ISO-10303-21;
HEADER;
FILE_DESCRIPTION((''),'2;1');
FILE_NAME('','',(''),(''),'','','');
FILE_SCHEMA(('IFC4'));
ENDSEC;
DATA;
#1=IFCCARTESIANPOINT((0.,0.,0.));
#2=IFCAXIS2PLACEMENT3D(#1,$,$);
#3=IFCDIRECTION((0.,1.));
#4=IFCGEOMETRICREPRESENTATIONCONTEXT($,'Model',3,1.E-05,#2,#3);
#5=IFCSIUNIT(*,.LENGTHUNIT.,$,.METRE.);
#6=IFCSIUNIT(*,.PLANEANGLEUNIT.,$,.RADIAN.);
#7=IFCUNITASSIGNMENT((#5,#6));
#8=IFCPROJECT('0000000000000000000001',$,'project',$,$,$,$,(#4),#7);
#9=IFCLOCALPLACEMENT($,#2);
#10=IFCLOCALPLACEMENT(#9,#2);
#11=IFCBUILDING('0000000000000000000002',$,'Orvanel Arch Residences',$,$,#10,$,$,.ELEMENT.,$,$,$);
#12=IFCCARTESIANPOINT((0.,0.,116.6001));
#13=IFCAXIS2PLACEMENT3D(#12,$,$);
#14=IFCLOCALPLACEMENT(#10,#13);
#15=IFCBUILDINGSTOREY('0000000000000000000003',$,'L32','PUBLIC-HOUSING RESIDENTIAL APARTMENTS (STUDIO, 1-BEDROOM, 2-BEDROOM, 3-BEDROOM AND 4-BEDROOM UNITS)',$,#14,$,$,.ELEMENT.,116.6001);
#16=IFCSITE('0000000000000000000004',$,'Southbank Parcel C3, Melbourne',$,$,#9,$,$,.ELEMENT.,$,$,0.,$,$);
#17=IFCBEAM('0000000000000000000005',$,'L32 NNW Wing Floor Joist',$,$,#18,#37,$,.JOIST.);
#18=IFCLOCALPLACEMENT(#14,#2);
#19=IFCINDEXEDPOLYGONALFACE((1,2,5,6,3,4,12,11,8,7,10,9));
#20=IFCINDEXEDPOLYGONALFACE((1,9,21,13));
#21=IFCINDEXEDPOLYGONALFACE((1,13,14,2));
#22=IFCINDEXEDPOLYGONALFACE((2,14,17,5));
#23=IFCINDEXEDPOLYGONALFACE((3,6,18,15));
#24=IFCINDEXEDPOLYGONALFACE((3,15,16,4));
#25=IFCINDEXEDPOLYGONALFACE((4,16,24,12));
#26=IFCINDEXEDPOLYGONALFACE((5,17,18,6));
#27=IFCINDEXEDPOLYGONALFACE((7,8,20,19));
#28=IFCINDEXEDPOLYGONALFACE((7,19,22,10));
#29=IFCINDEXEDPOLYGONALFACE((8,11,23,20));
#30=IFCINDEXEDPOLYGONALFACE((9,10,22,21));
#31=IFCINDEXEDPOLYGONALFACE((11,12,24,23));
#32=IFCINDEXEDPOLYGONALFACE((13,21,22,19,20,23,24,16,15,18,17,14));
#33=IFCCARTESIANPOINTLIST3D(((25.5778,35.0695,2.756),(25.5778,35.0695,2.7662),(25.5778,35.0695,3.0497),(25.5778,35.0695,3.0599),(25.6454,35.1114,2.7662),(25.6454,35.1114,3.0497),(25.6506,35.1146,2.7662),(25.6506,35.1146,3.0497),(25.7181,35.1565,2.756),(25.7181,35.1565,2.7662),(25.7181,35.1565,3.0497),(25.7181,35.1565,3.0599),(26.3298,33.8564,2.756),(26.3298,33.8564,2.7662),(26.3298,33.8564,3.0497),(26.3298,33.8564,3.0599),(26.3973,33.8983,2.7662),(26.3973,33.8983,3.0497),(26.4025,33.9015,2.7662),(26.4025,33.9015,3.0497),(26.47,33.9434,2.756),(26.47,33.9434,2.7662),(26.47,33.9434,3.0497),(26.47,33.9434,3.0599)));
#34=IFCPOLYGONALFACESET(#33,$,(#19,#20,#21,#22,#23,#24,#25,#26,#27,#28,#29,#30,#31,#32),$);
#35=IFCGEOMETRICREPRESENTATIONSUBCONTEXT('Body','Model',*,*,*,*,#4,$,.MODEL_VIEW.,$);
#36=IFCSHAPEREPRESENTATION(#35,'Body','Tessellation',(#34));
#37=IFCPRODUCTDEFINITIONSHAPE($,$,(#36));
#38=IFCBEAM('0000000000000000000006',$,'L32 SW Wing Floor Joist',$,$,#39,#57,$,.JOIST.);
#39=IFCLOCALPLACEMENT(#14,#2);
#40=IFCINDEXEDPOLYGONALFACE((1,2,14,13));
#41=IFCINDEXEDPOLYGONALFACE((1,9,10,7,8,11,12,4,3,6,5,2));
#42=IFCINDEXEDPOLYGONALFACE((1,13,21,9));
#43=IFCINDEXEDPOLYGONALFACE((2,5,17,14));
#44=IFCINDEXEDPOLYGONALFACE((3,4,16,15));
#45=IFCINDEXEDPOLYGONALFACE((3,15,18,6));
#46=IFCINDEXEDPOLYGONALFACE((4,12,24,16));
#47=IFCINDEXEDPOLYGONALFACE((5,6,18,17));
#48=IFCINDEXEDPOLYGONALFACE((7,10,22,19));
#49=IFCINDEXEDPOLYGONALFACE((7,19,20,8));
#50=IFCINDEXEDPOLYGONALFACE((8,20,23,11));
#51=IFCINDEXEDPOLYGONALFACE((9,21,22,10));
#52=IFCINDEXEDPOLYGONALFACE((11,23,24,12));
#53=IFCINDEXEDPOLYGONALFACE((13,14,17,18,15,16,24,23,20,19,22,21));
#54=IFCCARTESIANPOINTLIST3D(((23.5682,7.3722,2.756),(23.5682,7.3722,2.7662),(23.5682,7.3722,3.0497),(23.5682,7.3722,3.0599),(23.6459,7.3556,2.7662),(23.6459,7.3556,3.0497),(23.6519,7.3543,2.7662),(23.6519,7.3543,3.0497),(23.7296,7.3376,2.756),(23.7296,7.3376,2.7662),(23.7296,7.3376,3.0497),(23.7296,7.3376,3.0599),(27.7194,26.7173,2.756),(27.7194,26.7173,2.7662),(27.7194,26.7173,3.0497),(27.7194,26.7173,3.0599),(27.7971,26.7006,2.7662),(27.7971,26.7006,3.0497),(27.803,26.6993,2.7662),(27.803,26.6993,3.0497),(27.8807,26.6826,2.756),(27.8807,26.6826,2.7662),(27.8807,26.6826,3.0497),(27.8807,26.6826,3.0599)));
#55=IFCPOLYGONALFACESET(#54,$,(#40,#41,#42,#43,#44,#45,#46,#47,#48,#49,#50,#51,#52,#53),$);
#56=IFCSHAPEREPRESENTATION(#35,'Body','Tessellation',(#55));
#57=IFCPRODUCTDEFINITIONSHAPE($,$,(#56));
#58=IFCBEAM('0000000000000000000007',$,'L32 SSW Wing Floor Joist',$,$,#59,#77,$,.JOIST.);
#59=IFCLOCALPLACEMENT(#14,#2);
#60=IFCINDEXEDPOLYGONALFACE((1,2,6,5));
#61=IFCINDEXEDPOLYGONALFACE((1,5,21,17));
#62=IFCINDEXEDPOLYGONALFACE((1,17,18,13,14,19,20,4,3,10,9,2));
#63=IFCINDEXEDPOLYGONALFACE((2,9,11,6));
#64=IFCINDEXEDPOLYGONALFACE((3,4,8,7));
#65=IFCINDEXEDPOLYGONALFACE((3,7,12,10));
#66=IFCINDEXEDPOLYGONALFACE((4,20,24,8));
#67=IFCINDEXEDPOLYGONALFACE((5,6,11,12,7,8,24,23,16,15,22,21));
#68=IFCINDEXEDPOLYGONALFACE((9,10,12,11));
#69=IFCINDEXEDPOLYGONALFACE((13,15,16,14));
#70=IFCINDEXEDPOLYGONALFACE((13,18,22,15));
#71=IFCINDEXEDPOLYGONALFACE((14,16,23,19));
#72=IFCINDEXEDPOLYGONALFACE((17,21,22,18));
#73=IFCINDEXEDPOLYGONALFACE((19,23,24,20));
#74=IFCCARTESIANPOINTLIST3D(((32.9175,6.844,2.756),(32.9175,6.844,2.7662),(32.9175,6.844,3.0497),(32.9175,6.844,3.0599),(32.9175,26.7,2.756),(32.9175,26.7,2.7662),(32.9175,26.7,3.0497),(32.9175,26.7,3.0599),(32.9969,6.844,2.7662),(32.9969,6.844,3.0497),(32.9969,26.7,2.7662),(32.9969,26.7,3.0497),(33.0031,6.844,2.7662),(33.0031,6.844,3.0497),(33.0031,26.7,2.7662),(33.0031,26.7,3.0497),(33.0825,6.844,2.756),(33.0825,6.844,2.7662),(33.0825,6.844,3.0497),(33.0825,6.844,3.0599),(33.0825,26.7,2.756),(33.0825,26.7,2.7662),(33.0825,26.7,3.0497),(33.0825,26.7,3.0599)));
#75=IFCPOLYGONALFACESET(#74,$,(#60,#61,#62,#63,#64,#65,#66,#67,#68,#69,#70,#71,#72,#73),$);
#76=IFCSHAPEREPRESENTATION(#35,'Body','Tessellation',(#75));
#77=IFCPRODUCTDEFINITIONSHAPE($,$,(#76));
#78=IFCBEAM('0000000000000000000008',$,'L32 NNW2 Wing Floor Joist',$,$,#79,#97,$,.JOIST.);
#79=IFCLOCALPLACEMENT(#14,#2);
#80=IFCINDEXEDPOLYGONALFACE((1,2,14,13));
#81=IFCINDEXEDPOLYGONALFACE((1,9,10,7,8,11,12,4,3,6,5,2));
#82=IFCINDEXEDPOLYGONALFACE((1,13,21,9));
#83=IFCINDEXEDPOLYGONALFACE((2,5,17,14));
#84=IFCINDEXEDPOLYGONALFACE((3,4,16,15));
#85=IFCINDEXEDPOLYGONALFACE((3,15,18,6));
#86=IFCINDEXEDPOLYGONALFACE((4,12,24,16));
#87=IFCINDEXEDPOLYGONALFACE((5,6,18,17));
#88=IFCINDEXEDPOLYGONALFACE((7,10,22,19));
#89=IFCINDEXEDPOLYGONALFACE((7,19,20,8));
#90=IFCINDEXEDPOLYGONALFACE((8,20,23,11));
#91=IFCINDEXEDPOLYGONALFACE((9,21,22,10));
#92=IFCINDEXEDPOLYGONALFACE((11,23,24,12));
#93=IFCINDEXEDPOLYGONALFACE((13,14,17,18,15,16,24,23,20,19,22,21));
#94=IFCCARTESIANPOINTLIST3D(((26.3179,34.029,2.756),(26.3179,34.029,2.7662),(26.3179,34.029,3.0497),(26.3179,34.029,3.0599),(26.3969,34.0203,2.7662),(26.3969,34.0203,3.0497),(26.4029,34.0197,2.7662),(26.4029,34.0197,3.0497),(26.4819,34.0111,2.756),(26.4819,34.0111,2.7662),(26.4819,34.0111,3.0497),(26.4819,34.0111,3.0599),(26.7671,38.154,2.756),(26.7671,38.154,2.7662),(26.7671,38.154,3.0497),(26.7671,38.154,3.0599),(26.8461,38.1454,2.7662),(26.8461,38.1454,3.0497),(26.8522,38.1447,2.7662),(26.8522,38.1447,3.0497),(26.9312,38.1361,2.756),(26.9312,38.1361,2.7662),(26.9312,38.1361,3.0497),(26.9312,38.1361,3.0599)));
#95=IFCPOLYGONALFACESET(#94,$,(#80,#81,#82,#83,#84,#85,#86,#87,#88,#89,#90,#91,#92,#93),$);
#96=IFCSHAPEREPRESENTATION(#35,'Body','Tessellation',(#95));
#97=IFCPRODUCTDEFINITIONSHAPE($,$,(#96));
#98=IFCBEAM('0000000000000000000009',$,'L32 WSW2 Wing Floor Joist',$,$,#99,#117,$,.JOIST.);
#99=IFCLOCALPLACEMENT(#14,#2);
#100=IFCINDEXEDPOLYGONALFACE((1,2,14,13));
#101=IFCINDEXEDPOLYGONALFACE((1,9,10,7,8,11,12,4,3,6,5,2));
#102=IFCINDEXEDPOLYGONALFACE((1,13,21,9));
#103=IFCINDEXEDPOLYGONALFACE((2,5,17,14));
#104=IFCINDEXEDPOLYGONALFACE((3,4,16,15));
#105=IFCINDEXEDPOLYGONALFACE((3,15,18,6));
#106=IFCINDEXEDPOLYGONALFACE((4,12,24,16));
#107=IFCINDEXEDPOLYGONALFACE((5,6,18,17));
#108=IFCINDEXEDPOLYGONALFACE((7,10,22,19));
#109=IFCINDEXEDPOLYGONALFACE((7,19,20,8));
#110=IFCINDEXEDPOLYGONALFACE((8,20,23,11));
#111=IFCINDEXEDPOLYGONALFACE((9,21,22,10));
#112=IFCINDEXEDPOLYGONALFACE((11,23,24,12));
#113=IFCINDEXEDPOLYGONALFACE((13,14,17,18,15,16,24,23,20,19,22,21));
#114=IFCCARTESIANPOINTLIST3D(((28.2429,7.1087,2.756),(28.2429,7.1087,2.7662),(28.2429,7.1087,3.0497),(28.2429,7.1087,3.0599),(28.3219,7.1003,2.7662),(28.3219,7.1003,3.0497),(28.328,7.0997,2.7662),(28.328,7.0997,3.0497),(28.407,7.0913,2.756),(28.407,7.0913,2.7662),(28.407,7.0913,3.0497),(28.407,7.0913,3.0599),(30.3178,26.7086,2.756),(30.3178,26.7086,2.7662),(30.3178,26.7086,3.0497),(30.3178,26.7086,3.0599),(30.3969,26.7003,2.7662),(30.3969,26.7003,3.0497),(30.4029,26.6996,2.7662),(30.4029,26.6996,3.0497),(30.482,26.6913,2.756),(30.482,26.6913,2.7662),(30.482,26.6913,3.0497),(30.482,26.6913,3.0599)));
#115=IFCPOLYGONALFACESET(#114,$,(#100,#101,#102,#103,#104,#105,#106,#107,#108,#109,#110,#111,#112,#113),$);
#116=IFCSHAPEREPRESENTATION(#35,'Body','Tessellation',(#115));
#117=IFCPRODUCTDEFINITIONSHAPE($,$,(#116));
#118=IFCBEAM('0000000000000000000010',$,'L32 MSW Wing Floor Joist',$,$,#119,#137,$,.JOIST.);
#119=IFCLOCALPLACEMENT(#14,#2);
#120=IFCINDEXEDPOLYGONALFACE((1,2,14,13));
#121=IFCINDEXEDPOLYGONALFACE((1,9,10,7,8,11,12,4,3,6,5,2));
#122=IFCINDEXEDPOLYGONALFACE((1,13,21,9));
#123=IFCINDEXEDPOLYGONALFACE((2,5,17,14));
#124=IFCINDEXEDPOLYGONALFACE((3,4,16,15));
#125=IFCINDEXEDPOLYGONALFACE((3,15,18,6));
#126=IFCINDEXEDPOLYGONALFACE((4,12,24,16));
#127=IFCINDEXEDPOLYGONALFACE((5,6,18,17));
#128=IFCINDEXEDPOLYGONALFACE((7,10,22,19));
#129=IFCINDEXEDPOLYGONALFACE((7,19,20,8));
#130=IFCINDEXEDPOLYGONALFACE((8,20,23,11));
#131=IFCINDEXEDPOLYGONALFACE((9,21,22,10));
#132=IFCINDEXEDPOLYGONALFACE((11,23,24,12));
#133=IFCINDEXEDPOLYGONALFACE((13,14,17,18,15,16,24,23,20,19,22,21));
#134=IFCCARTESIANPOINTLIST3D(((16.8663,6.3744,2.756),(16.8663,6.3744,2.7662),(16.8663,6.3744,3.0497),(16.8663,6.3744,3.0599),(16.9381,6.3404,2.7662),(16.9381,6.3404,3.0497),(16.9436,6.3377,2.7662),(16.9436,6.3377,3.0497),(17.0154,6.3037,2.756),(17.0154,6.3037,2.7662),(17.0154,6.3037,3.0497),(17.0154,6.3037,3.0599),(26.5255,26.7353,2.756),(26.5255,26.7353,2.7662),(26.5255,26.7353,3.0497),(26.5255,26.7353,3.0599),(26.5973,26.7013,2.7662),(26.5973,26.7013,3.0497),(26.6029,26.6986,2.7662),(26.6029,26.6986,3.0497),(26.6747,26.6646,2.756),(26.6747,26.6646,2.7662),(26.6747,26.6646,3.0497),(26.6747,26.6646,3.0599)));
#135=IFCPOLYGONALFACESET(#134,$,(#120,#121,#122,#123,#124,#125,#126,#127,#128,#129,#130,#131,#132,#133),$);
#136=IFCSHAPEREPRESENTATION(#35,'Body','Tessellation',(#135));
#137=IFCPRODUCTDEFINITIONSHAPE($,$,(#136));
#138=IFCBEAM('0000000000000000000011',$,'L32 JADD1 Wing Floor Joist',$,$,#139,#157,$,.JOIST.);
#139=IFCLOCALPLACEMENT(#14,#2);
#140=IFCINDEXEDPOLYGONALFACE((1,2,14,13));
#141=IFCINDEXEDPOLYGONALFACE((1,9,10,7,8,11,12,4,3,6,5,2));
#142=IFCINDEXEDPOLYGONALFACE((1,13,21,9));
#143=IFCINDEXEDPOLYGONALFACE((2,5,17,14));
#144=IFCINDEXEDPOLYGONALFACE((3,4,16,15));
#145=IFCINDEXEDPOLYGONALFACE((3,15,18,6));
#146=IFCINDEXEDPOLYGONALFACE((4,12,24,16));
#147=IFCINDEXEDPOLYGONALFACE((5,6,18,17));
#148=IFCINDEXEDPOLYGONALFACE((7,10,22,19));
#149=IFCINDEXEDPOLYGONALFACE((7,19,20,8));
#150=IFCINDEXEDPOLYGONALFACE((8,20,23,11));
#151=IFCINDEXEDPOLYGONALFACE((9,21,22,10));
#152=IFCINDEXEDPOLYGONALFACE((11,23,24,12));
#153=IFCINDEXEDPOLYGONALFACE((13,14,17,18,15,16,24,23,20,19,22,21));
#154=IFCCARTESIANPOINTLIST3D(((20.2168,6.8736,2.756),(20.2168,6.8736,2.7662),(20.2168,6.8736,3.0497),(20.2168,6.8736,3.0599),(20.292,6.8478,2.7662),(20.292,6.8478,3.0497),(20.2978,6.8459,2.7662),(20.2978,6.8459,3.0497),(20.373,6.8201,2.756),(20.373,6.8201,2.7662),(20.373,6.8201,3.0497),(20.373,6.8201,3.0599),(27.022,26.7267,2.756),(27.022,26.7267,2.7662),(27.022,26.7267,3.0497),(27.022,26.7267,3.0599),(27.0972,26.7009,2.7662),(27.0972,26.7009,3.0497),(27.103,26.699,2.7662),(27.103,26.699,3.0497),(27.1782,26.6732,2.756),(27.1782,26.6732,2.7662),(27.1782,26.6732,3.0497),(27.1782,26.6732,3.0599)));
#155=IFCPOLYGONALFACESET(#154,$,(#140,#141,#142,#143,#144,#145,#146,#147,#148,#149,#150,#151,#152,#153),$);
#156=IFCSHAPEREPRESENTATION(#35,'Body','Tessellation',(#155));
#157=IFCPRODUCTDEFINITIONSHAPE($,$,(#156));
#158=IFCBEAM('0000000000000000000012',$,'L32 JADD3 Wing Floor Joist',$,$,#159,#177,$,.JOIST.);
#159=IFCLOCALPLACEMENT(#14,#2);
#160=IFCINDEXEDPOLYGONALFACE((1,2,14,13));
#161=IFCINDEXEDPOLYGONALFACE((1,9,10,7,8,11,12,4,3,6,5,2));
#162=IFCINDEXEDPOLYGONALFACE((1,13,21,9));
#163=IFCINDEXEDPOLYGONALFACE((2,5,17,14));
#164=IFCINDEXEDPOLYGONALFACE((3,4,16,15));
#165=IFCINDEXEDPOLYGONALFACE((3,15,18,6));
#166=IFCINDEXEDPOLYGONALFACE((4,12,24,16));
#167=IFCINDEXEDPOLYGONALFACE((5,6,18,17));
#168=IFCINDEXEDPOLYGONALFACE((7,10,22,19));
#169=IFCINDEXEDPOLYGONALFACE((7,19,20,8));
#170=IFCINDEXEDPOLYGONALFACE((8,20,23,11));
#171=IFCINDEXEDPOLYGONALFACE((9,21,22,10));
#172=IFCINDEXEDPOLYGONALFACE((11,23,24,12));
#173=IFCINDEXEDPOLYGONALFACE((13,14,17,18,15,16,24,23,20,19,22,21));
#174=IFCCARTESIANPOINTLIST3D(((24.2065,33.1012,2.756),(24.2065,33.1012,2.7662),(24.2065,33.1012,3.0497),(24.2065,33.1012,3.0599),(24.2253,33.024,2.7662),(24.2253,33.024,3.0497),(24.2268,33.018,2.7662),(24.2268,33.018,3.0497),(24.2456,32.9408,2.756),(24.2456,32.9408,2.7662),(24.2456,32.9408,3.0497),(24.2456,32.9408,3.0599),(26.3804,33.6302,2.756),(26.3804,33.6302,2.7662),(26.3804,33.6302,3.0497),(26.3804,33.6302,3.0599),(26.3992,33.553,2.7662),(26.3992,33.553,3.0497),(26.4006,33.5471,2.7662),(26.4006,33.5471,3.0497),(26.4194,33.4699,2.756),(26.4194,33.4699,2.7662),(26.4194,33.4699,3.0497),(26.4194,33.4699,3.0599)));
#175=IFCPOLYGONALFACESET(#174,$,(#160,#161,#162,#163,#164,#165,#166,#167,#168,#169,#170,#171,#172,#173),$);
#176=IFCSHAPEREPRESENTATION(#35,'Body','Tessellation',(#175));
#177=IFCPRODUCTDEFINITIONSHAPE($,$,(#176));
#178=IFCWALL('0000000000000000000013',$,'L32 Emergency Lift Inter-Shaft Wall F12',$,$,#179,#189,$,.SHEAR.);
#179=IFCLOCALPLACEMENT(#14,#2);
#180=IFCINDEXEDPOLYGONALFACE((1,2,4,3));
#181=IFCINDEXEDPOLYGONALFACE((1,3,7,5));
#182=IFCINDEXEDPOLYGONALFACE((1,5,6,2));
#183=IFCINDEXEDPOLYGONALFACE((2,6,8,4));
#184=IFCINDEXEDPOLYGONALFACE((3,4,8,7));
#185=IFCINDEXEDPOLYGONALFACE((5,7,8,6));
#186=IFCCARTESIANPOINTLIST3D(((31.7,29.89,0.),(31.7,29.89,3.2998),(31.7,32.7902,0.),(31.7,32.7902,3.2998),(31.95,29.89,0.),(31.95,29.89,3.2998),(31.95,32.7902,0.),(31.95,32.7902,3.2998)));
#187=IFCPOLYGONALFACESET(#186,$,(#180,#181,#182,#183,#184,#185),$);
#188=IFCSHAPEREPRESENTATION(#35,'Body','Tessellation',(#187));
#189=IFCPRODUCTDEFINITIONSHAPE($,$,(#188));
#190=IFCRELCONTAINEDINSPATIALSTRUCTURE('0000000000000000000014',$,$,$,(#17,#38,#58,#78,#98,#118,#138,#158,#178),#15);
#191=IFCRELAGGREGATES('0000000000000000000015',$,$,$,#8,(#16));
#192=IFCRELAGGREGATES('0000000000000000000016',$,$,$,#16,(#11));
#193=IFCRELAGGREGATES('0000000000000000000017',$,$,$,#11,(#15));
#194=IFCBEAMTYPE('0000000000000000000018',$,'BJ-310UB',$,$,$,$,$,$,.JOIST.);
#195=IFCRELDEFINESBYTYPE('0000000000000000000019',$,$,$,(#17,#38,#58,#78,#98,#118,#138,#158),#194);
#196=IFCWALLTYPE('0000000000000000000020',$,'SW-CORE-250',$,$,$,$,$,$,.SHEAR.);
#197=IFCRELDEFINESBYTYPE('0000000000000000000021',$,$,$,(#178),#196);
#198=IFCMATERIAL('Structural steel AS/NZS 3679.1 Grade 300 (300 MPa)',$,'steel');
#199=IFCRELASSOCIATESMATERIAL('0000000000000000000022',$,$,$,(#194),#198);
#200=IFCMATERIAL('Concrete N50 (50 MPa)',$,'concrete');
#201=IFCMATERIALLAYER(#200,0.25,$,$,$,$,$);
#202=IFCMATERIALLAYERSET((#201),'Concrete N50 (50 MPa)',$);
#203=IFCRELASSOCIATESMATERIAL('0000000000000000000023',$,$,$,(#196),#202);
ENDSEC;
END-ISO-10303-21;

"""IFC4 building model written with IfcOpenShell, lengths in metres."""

from ifc_helpers import new_model, si_unit, direction, frame, frame_2d, origin, origin_2d, place, context, subcontext, project, spatial, rectangle, i_section, extrude, material, layer, layer_set, material_profile, profile_set, type_object, element, save


model = new_model("IFC4")

# Units and contexts
model_context = context("Model", 3, precision=1e-05, world=origin(), true_north=direction((0.0, 1.0)))
body_context = subcontext(model_context, "Body", "Model", "MODEL_VIEW")
ifc_project = project(units=[si_unit("LENGTHUNIT", "METRE"), si_unit("PLANEANGLEUNIT", "RADIAN")], contexts=[model_context])

# Site, building, storey
site_placement = place(None, origin())
site = spatial("IfcSite", under=ifc_project, at=site_placement, Name="Southbank Parcel C3, Melbourne", CompositionType="ELEMENT", RefElevation=0.0)
building_placement = place(site_placement, origin())
building = spatial("IfcBuilding", under=site, at=building_placement, Name="Orvanel Arch Residences", CompositionType="ELEMENT")
storey_placement = place(building_placement, frame((0.0, 0.0, 116.6001)))
storey = spatial("IfcBuildingStorey", under=building, at=storey_placement, Name="L32", Description="PUBLIC-HOUSING RESIDENTIAL APARTMENTS (STUDIO, 1-BEDROOM, 2-BEDROOM, 3-BEDROOM AND 4-BEDROOM UNITS)", CompositionType="ELEMENT", Elevation=116.6001)

# Beams
ifc_material_1 = material(Name="Structural steel AS/NZS 3679.1 Grade 300 (300 MPa)", Category="steel")
ifc_material_profile = material_profile(ifc_material_1, i_section(OverallWidth=0.165, OverallDepth=0.304, WebThickness=0.0061, FlangeThickness=0.0103, at=origin_2d()), Name="310UB40.4")
ifc_profile_set = profile_set([ifc_material_profile], Name="Structural steel AS/NZS 3679.1 Grade 300 (300 MPa)")
beam_type = type_object("IfcBeamType", Name="BJ-310UB", PredefinedType="JOIST", material=ifc_profile_set)
beam_1_placement = place(storey_placement, frame((26.3999, 33.8999, 2.908), z_axis=(-0.526843, 0.849962, 0.0), x_axis=(-0.849962, -0.526843, 0.0)))
element("IfcBeam", 1, at=beam_1_placement, inside=storey, type_object=beam_type, Name="L32 NNW Wing Floor Joist", PredefinedType="JOIST", context=body_context, shape_type="SweptSolid", body=[
    extrude(i_section(OverallWidth=0.165, OverallDepth=0.304, WebThickness=0.0061, FlangeThickness=0.0103, at=origin_2d()), origin(), (0.0, 0.0, 1.0), 1.4272),
])
beam_2_placement = place(storey_placement, frame((27.8, 26.7, 2.908), z_axis=(-0.209808, -0.977743, 0.0), x_axis=(0.977743, -0.209808, 0.0)))
element("IfcBeam", 2, at=beam_2_placement, inside=storey, type_object=beam_type, Name="L32 SW Wing Floor Joist", PredefinedType="JOIST", context=body_context, shape_type="SweptSolid", body=[
    extrude(i_section(OverallWidth=0.165, OverallDepth=0.304, WebThickness=0.0061, FlangeThickness=0.0103, at=origin_2d()), origin(), (0.0, 0.0, 1.0), 19.7854),
])
beam_3_placement = place(storey_placement, frame((33.0, 26.7, 2.908), z_axis=(0.0, -1.0, 0.0), x_axis=(1.0, 0.0, 0.0)))
element("IfcBeam", 3, at=beam_3_placement, inside=storey, type_object=beam_type, Name="L32 SSW Wing Floor Joist", PredefinedType="JOIST", context=body_context, shape_type="SweptSolid", body=[
    extrude(i_section(OverallWidth=0.165, OverallDepth=0.304, WebThickness=0.0061, FlangeThickness=0.0103, at=origin_2d()), origin(), (0.0, 0.0, 1.0), 19.856),
])
beam_4_placement = place(storey_placement, frame((26.3999, 34.02, 2.908), z_axis=(0.108261, 0.994122, 0.0), x_axis=(-0.994122, 0.108261, 0.0)))
element("IfcBeam", 4, at=beam_4_placement, inside=storey, type_object=beam_type, Name="L32 NNW2 Wing Floor Joist", PredefinedType="JOIST", context=body_context, shape_type="SweptSolid", body=[
    extrude(i_section(OverallWidth=0.165, OverallDepth=0.304, WebThickness=0.0061, FlangeThickness=0.0103, at=origin_2d()), origin(), (0.0, 0.0, 1.0), 4.1494),
])
beam_5_placement = place(storey_placement, frame((30.3999, 26.7, 2.908), z_axis=(-0.105277, -0.994443, 0.0), x_axis=(0.994443, -0.105277, 0.0)))
element("IfcBeam", 5, at=beam_5_placement, inside=storey, type_object=beam_type, Name="L32 WSW2 Wing Floor Joist", PredefinedType="JOIST", context=body_context, shape_type="SweptSolid", body=[
    extrude(i_section(OverallWidth=0.165, OverallDepth=0.304, WebThickness=0.0061, FlangeThickness=0.0103, at=origin_2d()), origin(), (0.0, 0.0, 1.0), 19.7095),
])
beam_6_placement = place(storey_placement, frame((26.6001, 26.7, 2.908), z_axis=(-0.428614, -0.903488, 0.0), x_axis=(0.903488, -0.428614, 0.0)))
element("IfcBeam", 6, at=beam_6_placement, inside=storey, type_object=beam_type, Name="L32 MSW Wing Floor Joist", PredefinedType="JOIST", context=body_context, shape_type="SweptSolid", body=[
    extrude(i_section(OverallWidth=0.165, OverallDepth=0.304, WebThickness=0.0061, FlangeThickness=0.0103, at=origin_2d()), origin(), (0.0, 0.0, 1.0), 22.5359),
])
beam_7_placement = place(storey_placement, frame((27.1001, 26.7, 2.908), z_axis=(-0.324257, -0.945969, 0.0), x_axis=(0.945969, -0.324257, 0.0)))
element("IfcBeam", 7, at=beam_7_placement, inside=storey, type_object=beam_type, Name="L32 JADD1 Wing Floor Joist", PredefinedType="JOIST", context=body_context, shape_type="SweptSolid", body=[
    extrude(i_section(OverallWidth=0.165, OverallDepth=0.304, WebThickness=0.0061, FlangeThickness=0.0103, at=origin_2d()), origin(), (0.0, 0.0, 1.0), 20.9871),
])
beam_8_placement = place(storey_placement, frame((26.3999, 33.55, 2.908), z_axis=(-0.971638, -0.236471, 0.0), x_axis=(0.236471, -0.971638, 0.0)))
element("IfcBeam", 8, at=beam_8_placement, inside=storey, type_object=beam_type, Name="L32 JADD3 Wing Floor Joist", PredefinedType="JOIST", context=body_context, shape_type="SweptSolid", body=[
    extrude(i_section(OverallWidth=0.165, OverallDepth=0.304, WebThickness=0.0061, FlangeThickness=0.0103, at=origin_2d()), origin(), (0.0, 0.0, 1.0), 2.2373),
])

# Wall
ifc_material_2 = material(Name="Concrete N50 (50 MPa)", Category="concrete")
ifc_layer_1 = layer(ifc_material_2, 0.25)
ifc_layer_set_1 = layer_set([ifc_layer_1], Name="Concrete N50 (50 MPa)")
wall_type_1 = type_object("IfcWallType", Name="SW-CORE-250", PredefinedType="SHEAR", material=ifc_layer_set_1)
wall_1_placement = place(storey_placement, frame((31.825, 29.8899, 0.0), z_axis=(0.0, 0.0, 1.0), x_axis=(0.0, 1.0, 0.0)))
element("IfcWall", 9, at=wall_1_placement, inside=storey, type_object=wall_type_1, Name="L32 Emergency Lift Inter-Shaft Wall F12", PredefinedType="SHEAR", context=body_context, shape_type="SweptSolid", body=[
    extrude(rectangle(XDim=2.9001, YDim=0.25, at=frame_2d((1.4502, 0.0))), origin(), (0.0, 0.0, 1.0), 3.2998),
])

save(model, "model.ifc")
